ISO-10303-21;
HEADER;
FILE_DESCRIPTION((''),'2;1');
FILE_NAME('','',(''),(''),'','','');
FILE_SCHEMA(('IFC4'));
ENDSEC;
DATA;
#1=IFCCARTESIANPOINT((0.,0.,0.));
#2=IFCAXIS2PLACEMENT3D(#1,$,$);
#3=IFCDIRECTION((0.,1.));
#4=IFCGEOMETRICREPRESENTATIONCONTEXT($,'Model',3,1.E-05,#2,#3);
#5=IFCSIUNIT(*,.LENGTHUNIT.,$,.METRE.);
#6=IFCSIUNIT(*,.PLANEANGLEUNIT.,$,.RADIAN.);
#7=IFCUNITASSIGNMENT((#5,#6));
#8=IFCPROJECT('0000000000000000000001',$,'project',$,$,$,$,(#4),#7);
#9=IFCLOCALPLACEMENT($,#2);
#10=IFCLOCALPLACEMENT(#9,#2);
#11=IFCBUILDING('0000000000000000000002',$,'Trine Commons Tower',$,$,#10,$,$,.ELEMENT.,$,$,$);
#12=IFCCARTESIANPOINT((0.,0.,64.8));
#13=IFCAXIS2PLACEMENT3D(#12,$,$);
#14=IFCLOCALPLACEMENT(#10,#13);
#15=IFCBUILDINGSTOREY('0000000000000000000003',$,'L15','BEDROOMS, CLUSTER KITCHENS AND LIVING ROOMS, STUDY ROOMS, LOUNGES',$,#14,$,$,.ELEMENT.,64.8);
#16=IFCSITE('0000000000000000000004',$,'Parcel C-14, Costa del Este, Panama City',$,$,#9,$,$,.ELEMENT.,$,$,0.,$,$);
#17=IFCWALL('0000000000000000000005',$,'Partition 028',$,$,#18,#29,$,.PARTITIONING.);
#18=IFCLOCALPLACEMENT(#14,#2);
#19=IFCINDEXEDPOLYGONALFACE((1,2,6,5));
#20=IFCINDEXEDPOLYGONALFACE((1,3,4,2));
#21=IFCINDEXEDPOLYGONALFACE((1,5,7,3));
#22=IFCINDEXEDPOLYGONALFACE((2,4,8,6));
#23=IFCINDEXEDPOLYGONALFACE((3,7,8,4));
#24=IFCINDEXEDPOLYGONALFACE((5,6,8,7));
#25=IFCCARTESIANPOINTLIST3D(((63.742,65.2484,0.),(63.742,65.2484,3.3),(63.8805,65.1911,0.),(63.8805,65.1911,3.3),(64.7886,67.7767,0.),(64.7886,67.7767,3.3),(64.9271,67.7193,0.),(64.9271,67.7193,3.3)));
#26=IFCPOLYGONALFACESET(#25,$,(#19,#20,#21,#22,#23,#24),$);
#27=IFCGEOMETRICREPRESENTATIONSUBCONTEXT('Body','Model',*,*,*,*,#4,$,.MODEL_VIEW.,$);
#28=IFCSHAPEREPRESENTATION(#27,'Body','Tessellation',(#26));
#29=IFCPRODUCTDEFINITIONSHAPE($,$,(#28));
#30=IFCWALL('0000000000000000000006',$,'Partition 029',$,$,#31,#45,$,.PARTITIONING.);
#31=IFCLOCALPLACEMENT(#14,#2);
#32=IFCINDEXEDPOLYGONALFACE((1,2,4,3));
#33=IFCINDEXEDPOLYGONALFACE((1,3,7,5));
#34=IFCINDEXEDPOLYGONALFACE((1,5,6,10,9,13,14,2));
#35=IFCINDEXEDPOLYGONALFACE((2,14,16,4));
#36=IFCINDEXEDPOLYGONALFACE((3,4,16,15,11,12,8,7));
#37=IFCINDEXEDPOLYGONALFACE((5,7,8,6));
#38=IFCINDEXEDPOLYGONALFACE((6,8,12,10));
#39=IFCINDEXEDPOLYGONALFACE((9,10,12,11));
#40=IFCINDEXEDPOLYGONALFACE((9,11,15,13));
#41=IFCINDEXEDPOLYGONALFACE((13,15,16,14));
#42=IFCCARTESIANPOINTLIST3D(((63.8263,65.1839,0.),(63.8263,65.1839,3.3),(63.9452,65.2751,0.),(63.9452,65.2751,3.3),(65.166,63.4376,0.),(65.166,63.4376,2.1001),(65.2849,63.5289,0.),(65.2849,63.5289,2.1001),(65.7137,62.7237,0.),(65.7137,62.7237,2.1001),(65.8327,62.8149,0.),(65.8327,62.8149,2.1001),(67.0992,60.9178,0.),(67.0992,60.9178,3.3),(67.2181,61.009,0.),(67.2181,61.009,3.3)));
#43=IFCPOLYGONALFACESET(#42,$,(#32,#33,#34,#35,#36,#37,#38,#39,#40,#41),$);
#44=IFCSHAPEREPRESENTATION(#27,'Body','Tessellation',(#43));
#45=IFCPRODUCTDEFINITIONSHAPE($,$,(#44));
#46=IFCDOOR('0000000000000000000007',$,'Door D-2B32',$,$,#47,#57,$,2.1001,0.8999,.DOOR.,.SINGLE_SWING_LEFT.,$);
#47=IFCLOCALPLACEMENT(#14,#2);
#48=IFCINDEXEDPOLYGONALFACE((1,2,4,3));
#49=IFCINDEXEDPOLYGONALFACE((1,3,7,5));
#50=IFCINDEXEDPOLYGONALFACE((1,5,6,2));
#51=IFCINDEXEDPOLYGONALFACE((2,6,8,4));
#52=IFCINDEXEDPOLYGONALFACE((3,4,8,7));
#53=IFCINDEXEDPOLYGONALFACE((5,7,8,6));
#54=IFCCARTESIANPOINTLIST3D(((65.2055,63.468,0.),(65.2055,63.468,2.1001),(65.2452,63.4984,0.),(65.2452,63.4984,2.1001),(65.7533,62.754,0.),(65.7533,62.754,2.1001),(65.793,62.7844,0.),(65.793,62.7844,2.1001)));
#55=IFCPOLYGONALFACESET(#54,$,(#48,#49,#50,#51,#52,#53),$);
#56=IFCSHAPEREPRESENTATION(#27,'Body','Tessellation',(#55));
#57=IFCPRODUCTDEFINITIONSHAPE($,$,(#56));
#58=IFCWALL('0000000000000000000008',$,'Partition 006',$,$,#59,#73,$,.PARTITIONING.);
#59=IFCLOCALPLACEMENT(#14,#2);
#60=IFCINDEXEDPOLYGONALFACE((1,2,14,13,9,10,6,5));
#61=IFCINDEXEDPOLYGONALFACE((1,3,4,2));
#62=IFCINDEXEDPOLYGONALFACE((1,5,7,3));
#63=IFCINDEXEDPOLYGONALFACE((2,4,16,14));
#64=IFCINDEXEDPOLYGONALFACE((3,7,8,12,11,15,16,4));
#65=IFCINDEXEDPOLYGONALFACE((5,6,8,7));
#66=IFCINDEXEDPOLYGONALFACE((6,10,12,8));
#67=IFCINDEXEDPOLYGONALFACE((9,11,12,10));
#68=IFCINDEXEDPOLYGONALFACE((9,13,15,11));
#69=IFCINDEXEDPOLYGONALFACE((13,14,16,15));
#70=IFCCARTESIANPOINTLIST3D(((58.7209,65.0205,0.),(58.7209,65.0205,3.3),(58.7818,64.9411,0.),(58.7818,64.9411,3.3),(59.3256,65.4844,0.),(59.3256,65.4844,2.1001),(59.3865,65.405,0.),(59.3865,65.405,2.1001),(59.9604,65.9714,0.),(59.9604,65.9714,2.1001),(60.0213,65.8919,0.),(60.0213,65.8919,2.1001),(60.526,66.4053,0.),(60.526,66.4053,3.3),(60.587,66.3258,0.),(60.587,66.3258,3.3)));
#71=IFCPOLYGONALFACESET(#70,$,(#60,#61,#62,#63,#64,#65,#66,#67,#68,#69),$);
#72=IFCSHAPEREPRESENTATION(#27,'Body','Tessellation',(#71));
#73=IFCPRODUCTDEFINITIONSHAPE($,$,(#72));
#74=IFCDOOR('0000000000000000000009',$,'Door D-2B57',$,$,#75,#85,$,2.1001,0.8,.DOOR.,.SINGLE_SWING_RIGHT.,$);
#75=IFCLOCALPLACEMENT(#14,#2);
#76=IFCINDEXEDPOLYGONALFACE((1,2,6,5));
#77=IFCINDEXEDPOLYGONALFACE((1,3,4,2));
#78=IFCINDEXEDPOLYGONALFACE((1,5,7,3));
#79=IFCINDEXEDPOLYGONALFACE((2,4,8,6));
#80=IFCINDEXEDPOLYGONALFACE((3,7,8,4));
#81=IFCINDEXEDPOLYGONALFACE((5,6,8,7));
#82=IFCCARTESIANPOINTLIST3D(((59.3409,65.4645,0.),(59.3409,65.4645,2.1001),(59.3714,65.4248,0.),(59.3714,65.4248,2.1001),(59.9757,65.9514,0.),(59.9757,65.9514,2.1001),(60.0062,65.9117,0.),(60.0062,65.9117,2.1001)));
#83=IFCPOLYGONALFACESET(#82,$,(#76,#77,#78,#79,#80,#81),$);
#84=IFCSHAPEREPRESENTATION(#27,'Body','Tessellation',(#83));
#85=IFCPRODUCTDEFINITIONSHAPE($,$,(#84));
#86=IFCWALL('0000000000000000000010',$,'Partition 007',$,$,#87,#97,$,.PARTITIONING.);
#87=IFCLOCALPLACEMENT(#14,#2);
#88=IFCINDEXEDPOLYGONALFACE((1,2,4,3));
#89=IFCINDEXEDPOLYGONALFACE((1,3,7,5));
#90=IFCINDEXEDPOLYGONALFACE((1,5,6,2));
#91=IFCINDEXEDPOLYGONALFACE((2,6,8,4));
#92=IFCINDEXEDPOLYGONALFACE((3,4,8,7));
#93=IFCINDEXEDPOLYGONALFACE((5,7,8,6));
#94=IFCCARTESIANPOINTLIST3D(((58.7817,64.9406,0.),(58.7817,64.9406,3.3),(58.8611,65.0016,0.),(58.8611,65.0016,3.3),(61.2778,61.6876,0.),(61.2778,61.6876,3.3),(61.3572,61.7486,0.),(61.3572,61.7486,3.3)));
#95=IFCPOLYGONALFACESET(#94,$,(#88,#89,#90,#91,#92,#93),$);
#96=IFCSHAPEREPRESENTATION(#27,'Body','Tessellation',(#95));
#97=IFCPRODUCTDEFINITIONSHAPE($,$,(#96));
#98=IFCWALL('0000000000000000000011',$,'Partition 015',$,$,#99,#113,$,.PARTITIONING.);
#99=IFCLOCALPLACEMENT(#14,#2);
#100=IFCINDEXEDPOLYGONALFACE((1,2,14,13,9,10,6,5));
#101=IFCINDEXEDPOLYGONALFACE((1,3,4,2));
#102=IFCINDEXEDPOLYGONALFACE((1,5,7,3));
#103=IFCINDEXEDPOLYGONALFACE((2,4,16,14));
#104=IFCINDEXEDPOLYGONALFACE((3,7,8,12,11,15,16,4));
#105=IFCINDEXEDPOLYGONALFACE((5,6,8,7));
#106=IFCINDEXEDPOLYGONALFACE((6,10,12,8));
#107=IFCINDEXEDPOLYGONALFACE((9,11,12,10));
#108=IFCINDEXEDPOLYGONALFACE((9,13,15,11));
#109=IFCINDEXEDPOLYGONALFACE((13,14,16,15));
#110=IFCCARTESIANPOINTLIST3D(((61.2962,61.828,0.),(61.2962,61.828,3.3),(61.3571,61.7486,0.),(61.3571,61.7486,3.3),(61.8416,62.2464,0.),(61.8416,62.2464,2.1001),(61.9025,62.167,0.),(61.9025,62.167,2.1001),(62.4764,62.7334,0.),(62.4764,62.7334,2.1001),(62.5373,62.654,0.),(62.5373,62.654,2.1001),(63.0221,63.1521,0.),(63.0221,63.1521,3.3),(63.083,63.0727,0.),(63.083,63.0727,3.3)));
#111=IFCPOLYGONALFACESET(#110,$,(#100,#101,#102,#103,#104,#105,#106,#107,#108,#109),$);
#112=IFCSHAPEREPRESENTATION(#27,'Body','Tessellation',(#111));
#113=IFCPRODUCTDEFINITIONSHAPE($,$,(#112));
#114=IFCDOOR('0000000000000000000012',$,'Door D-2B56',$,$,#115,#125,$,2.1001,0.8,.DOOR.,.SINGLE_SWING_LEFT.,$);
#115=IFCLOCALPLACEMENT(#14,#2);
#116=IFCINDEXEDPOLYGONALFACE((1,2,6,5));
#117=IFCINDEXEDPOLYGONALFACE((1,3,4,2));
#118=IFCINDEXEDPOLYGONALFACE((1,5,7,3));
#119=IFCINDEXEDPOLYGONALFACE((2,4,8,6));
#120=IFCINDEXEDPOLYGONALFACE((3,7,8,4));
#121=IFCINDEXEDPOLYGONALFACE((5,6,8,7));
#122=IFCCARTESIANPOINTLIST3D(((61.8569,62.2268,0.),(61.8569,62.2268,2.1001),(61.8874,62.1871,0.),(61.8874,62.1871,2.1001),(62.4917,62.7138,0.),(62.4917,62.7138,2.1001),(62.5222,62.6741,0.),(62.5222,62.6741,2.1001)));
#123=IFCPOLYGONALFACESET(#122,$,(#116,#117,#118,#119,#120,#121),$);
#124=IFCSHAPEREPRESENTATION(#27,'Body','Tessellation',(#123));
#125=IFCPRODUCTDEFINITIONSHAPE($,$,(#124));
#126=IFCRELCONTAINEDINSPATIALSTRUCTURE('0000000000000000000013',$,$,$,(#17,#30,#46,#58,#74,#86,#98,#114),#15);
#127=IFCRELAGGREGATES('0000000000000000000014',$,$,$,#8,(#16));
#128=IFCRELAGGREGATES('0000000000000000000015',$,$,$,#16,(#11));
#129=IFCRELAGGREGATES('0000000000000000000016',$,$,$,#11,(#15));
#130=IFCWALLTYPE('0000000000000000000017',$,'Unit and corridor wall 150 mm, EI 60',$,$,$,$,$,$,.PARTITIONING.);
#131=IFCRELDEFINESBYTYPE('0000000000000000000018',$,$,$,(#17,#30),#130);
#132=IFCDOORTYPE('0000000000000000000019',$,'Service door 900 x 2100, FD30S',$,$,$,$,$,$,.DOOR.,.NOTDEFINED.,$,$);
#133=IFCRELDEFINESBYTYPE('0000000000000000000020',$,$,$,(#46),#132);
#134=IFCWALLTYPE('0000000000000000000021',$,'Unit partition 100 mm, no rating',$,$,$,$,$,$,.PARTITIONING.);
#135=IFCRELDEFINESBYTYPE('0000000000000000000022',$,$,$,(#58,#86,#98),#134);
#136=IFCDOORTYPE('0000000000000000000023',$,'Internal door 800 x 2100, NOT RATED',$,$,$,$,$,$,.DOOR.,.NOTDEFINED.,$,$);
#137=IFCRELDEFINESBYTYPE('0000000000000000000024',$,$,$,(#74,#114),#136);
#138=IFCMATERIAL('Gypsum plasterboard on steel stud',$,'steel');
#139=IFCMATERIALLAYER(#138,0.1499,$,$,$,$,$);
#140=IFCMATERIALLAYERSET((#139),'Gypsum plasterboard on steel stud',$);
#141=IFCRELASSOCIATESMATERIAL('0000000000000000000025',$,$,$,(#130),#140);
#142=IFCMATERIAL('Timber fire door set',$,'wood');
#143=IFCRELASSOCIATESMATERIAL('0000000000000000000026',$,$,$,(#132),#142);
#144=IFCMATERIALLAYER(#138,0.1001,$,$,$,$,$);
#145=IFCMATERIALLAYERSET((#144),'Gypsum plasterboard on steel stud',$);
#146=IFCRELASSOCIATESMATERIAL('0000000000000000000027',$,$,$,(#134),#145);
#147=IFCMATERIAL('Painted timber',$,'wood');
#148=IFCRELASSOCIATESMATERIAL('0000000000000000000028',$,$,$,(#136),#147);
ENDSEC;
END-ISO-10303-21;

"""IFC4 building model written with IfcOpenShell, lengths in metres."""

from ifc_helpers import new_model, si_unit, direction, frame, frame_2d, origin, place, context, subcontext, project, spatial, rectangle, extrude, material, layer, layer_set, type_object, element, fill, save


model = new_model("IFC4")

# Units and contexts
model_context = context("Model", 3, precision=1e-05, world=origin(), true_north=direction((0.0, 1.0)))
body_context = subcontext(model_context, "Body", "Model", "MODEL_VIEW")
ifc_project = project(units=[si_unit("LENGTHUNIT", "METRE"), si_unit("PLANEANGLEUNIT", "RADIAN")], contexts=[model_context])

# Site, building, storey
site_placement = place(None, origin())
site = spatial("IfcSite", under=ifc_project, at=site_placement, Name="Parcel C-14, Costa del Este, Panama City", CompositionType="ELEMENT", RefElevation=0.0)
building_placement = place(site_placement, origin())
building = spatial("IfcBuilding", under=site, at=building_placement, Name="Trine Commons Tower", CompositionType="ELEMENT")
storey_placement = place(building_placement, frame((0.0, 0.0, 64.8)))
storey = spatial("IfcBuildingStorey", under=building, at=storey_placement, Name="L15", Description="BEDROOMS, CLUSTER KITCHENS AND LIVING ROOMS, STUDY ROOMS, LOUNGES", CompositionType="ELEMENT", Elevation=64.8)

# Shared definitions
ifc_material_1 = material(Name="Gypsum plasterboard on steel stud", Category="steel")
ifc_layer_1 = layer(ifc_material_1, 0.1499)
ifc_layer_set_1 = layer_set([ifc_layer_1], Name="Gypsum plasterboard on steel stud")
wall_type_1 = type_object("IfcWallType", Name="Unit and corridor wall 150 mm, EI 60", PredefinedType="PARTITIONING", material=ifc_layer_set_1)

# Shared definitions
ifc_material_2 = material(Name="Painted timber", Category="wood")
ifc_material_3 = material(Name="Timber fire door set", Category="wood")

# Wall
wall_1_placement = place(storey_placement, frame((63.8113, 65.2197, 0.0), z_axis=(0.0, 0.0, 1.0), x_axis=(0.382486, 0.923961, 0.0)))
element("IfcWall", 1, at=wall_1_placement, inside=storey, type_object=wall_type_1, Name="Partition 028", PredefinedType="PARTITIONING", context=body_context, shape_type="SweptSolid", body=[
    extrude(rectangle(XDim=2.7363, YDim=0.1499, at=frame_2d((1.3682, 0.0))), origin(), (0.0, 0.0, 1.0), 3.3),
])

# Walls, openings, doors
wall_2_placement = place(storey_placement, frame((63.8857, 65.2295, 0.0), z_axis=(0.0, 0.0, 1.0), x_axis=(0.608697, -0.793403, 0.0)))
wall_2 = element("IfcWall", 2, at=wall_2_placement, inside=storey, type_object=wall_type_1, Name="Partition 029", PredefinedType="PARTITIONING", context=body_context, shape_type="SweptSolid", body=[
    extrude(rectangle(XDim=5.377, YDim=0.1499, at=frame_2d((2.6885, 0.0))), origin(), (0.0, 0.0, 1.0), 3.3),
])
opening_1_placement = place(wall_2_placement, frame((2.2009, 0.0, 0.0)))
opening_1 = element("IfcOpeningElement", 3, at=opening_1_placement, cuts=wall_2, PredefinedType="OPENING", context=body_context, shape_type="SweptSolid", body=[
    extrude(rectangle(XDim=0.8999, YDim=2.1001, at=frame_2d((0.45, 1.05))), frame((0.0, 0.085, 0.0), z_axis=(0.0, -1.0, 0.0), x_axis=(1.0, 0.0, 0.0)), (0.0, 0.0, 1.0), 0.1699),
])
door_type_1 = type_object("IfcDoorType", Name="Service door 900 x 2100, FD30S", OperationType="NOTDEFINED", PredefinedType="DOOR", material=ifc_material_3)
door_1_placement = place(opening_1_placement, origin())
door_1 = element("IfcDoor", 4, at=door_1_placement, inside=storey, type_object=door_type_1, Name="Door D-2B32", OperationType="SINGLE_SWING_LEFT", OverallHeight=2.1001, OverallWidth=0.8999, PredefinedType="DOOR", context=body_context, shape_type="SweptSolid", body=[
    extrude(rectangle(XDim=0.8999, YDim=2.1001, at=frame_2d((0.45, 1.05))), frame((0.0, 0.0249, 0.0), z_axis=(0.0, -1.0, 0.0), x_axis=(1.0, 0.0, 0.0)), (0.0, 0.0, 1.0), 0.05),
])
fill(opening_1, door_1)
ifc_layer_2 = layer(ifc_material_1, 0.1001)
ifc_layer_set_2 = layer_set([ifc_layer_2], Name="Gypsum plasterboard on steel stud")
wall_type_2 = type_object("IfcWallType", Name="Unit partition 100 mm, no rating", PredefinedType="PARTITIONING", material=ifc_layer_set_2)
wall_3_placement = place(storey_placement, frame((58.7512, 64.9807, 0.0), z_axis=(0.0, 0.0, 1.0), x_axis=(0.793437, 0.608652, 0.0)))
wall_3 = element("IfcWall", 5, at=wall_3_placement, inside=storey, type_object=wall_type_2, Name="Partition 006", PredefinedType="PARTITIONING", context=body_context, shape_type="SweptSolid", body=[
    extrude(rectangle(XDim=2.2751, YDim=0.1001, at=frame_2d((1.1377, 0.0))), origin(), (0.0, 0.0, 1.0), 3.3),
])
opening_2_placement = place(wall_3_placement, frame((0.7625, 0.0, 0.0)))
opening_2 = element("IfcOpeningElement", 6, at=opening_2_placement, cuts=wall_3, PredefinedType="OPENING", context=body_context, shape_type="SweptSolid", body=[
    extrude(rectangle(XDim=0.8, YDim=2.1001, at=frame_2d((0.3999, 1.05))), frame((0.0, 0.0601, 0.0), z_axis=(0.0, -1.0, 0.0), x_axis=(1.0, 0.0, 0.0)), (0.0, 0.0, 1.0), 0.1201),
])
door_type_2 = type_object("IfcDoorType", Name="Internal door 800 x 2100, NOT RATED", OperationType="NOTDEFINED", PredefinedType="DOOR", material=ifc_material_2)
door_2_placement = place(opening_2_placement, origin())
door_2 = element("IfcDoor", 7, at=door_2_placement, inside=storey, type_object=door_type_2, Name="Door D-2B57", OperationType="SINGLE_SWING_RIGHT", OverallHeight=2.1001, OverallWidth=0.8, PredefinedType="DOOR", context=body_context, shape_type="SweptSolid", body=[
    extrude(rectangle(XDim=0.8, YDim=2.1001, at=frame_2d((0.3999, 1.05))), frame((0.0, 0.0249, 0.0), z_axis=(0.0, -1.0, 0.0), x_axis=(1.0, 0.0, 0.0)), (0.0, 0.0, 1.0), 0.05),
])
fill(opening_2, door_2)

# Wall
wall_4_placement = place(storey_placement, frame((58.8213, 64.9712, 0.0), z_axis=(0.0, 0.0, 1.0), x_axis=(0.608766, -0.793349, 0.0)))
element("IfcWall", 8, at=wall_4_placement, inside=storey, type_object=wall_type_2, Name="Partition 007", PredefinedType="PARTITIONING", context=body_context, shape_type="SweptSolid", body=[
    extrude(rectangle(XDim=4.1003, YDim=0.1001, at=frame_2d((2.0503, 0.0))), origin(), (0.0, 0.0, 1.0), 3.3),
])

# Wall, opening, door
wall_5_placement = place(storey_placement, frame((61.3267, 61.7883, 0.0), z_axis=(0.0, 0.0, 1.0), x_axis=(0.79342, 0.608674, 0.0)))
wall_5 = element("IfcWall", 9, at=wall_5_placement, inside=storey, type_object=wall_type_2, Name="Partition 015", PredefinedType="PARTITIONING", context=body_context, shape_type="SweptSolid", body=[
    extrude(rectangle(XDim=2.1753, YDim=0.1001, at=frame_2d((1.0876, 0.0))), origin(), (0.0, 0.0, 1.0), 3.3),
])
opening_3_placement = place(wall_5_placement, frame((0.6875, 0.0, 0.0)))
opening_3 = element("IfcOpeningElement", 10, at=opening_3_placement, cuts=wall_5, PredefinedType="OPENING", context=body_context, shape_type="SweptSolid", body=[
    extrude(rectangle(XDim=0.8, YDim=2.1001, at=frame_2d((0.3999, 1.05))), frame((0.0, 0.0601, 0.0), z_axis=(0.0, -1.0, 0.0), x_axis=(1.0, 0.0, 0.0)), (0.0, 0.0, 1.0), 0.1201),
])
door_3_placement = place(opening_3_placement, frame((0.8, 0.0, 0.0), z_axis=(0.0, 0.0, 1.0), x_axis=(-1.0, 0.0, 0.0)))
door_3 = element("IfcDoor", 11, at=door_3_placement, inside=storey, type_object=door_type_2, Name="Door D-2B56", OperationType="SINGLE_SWING_LEFT", OverallHeight=2.1001, OverallWidth=0.8, PredefinedType="DOOR", context=body_context, shape_type="SweptSolid", body=[
    extrude(rectangle(XDim=0.8, YDim=2.1001, at=frame_2d((0.3999, 1.05))), frame((0.0, 0.0249, 0.0), z_axis=(0.0, -1.0, 0.0), x_axis=(1.0, 0.0, 0.0)), (0.0, 0.0, 1.0), 0.05),
])
fill(opening_3, door_3)

save(model, "model.ifc")
